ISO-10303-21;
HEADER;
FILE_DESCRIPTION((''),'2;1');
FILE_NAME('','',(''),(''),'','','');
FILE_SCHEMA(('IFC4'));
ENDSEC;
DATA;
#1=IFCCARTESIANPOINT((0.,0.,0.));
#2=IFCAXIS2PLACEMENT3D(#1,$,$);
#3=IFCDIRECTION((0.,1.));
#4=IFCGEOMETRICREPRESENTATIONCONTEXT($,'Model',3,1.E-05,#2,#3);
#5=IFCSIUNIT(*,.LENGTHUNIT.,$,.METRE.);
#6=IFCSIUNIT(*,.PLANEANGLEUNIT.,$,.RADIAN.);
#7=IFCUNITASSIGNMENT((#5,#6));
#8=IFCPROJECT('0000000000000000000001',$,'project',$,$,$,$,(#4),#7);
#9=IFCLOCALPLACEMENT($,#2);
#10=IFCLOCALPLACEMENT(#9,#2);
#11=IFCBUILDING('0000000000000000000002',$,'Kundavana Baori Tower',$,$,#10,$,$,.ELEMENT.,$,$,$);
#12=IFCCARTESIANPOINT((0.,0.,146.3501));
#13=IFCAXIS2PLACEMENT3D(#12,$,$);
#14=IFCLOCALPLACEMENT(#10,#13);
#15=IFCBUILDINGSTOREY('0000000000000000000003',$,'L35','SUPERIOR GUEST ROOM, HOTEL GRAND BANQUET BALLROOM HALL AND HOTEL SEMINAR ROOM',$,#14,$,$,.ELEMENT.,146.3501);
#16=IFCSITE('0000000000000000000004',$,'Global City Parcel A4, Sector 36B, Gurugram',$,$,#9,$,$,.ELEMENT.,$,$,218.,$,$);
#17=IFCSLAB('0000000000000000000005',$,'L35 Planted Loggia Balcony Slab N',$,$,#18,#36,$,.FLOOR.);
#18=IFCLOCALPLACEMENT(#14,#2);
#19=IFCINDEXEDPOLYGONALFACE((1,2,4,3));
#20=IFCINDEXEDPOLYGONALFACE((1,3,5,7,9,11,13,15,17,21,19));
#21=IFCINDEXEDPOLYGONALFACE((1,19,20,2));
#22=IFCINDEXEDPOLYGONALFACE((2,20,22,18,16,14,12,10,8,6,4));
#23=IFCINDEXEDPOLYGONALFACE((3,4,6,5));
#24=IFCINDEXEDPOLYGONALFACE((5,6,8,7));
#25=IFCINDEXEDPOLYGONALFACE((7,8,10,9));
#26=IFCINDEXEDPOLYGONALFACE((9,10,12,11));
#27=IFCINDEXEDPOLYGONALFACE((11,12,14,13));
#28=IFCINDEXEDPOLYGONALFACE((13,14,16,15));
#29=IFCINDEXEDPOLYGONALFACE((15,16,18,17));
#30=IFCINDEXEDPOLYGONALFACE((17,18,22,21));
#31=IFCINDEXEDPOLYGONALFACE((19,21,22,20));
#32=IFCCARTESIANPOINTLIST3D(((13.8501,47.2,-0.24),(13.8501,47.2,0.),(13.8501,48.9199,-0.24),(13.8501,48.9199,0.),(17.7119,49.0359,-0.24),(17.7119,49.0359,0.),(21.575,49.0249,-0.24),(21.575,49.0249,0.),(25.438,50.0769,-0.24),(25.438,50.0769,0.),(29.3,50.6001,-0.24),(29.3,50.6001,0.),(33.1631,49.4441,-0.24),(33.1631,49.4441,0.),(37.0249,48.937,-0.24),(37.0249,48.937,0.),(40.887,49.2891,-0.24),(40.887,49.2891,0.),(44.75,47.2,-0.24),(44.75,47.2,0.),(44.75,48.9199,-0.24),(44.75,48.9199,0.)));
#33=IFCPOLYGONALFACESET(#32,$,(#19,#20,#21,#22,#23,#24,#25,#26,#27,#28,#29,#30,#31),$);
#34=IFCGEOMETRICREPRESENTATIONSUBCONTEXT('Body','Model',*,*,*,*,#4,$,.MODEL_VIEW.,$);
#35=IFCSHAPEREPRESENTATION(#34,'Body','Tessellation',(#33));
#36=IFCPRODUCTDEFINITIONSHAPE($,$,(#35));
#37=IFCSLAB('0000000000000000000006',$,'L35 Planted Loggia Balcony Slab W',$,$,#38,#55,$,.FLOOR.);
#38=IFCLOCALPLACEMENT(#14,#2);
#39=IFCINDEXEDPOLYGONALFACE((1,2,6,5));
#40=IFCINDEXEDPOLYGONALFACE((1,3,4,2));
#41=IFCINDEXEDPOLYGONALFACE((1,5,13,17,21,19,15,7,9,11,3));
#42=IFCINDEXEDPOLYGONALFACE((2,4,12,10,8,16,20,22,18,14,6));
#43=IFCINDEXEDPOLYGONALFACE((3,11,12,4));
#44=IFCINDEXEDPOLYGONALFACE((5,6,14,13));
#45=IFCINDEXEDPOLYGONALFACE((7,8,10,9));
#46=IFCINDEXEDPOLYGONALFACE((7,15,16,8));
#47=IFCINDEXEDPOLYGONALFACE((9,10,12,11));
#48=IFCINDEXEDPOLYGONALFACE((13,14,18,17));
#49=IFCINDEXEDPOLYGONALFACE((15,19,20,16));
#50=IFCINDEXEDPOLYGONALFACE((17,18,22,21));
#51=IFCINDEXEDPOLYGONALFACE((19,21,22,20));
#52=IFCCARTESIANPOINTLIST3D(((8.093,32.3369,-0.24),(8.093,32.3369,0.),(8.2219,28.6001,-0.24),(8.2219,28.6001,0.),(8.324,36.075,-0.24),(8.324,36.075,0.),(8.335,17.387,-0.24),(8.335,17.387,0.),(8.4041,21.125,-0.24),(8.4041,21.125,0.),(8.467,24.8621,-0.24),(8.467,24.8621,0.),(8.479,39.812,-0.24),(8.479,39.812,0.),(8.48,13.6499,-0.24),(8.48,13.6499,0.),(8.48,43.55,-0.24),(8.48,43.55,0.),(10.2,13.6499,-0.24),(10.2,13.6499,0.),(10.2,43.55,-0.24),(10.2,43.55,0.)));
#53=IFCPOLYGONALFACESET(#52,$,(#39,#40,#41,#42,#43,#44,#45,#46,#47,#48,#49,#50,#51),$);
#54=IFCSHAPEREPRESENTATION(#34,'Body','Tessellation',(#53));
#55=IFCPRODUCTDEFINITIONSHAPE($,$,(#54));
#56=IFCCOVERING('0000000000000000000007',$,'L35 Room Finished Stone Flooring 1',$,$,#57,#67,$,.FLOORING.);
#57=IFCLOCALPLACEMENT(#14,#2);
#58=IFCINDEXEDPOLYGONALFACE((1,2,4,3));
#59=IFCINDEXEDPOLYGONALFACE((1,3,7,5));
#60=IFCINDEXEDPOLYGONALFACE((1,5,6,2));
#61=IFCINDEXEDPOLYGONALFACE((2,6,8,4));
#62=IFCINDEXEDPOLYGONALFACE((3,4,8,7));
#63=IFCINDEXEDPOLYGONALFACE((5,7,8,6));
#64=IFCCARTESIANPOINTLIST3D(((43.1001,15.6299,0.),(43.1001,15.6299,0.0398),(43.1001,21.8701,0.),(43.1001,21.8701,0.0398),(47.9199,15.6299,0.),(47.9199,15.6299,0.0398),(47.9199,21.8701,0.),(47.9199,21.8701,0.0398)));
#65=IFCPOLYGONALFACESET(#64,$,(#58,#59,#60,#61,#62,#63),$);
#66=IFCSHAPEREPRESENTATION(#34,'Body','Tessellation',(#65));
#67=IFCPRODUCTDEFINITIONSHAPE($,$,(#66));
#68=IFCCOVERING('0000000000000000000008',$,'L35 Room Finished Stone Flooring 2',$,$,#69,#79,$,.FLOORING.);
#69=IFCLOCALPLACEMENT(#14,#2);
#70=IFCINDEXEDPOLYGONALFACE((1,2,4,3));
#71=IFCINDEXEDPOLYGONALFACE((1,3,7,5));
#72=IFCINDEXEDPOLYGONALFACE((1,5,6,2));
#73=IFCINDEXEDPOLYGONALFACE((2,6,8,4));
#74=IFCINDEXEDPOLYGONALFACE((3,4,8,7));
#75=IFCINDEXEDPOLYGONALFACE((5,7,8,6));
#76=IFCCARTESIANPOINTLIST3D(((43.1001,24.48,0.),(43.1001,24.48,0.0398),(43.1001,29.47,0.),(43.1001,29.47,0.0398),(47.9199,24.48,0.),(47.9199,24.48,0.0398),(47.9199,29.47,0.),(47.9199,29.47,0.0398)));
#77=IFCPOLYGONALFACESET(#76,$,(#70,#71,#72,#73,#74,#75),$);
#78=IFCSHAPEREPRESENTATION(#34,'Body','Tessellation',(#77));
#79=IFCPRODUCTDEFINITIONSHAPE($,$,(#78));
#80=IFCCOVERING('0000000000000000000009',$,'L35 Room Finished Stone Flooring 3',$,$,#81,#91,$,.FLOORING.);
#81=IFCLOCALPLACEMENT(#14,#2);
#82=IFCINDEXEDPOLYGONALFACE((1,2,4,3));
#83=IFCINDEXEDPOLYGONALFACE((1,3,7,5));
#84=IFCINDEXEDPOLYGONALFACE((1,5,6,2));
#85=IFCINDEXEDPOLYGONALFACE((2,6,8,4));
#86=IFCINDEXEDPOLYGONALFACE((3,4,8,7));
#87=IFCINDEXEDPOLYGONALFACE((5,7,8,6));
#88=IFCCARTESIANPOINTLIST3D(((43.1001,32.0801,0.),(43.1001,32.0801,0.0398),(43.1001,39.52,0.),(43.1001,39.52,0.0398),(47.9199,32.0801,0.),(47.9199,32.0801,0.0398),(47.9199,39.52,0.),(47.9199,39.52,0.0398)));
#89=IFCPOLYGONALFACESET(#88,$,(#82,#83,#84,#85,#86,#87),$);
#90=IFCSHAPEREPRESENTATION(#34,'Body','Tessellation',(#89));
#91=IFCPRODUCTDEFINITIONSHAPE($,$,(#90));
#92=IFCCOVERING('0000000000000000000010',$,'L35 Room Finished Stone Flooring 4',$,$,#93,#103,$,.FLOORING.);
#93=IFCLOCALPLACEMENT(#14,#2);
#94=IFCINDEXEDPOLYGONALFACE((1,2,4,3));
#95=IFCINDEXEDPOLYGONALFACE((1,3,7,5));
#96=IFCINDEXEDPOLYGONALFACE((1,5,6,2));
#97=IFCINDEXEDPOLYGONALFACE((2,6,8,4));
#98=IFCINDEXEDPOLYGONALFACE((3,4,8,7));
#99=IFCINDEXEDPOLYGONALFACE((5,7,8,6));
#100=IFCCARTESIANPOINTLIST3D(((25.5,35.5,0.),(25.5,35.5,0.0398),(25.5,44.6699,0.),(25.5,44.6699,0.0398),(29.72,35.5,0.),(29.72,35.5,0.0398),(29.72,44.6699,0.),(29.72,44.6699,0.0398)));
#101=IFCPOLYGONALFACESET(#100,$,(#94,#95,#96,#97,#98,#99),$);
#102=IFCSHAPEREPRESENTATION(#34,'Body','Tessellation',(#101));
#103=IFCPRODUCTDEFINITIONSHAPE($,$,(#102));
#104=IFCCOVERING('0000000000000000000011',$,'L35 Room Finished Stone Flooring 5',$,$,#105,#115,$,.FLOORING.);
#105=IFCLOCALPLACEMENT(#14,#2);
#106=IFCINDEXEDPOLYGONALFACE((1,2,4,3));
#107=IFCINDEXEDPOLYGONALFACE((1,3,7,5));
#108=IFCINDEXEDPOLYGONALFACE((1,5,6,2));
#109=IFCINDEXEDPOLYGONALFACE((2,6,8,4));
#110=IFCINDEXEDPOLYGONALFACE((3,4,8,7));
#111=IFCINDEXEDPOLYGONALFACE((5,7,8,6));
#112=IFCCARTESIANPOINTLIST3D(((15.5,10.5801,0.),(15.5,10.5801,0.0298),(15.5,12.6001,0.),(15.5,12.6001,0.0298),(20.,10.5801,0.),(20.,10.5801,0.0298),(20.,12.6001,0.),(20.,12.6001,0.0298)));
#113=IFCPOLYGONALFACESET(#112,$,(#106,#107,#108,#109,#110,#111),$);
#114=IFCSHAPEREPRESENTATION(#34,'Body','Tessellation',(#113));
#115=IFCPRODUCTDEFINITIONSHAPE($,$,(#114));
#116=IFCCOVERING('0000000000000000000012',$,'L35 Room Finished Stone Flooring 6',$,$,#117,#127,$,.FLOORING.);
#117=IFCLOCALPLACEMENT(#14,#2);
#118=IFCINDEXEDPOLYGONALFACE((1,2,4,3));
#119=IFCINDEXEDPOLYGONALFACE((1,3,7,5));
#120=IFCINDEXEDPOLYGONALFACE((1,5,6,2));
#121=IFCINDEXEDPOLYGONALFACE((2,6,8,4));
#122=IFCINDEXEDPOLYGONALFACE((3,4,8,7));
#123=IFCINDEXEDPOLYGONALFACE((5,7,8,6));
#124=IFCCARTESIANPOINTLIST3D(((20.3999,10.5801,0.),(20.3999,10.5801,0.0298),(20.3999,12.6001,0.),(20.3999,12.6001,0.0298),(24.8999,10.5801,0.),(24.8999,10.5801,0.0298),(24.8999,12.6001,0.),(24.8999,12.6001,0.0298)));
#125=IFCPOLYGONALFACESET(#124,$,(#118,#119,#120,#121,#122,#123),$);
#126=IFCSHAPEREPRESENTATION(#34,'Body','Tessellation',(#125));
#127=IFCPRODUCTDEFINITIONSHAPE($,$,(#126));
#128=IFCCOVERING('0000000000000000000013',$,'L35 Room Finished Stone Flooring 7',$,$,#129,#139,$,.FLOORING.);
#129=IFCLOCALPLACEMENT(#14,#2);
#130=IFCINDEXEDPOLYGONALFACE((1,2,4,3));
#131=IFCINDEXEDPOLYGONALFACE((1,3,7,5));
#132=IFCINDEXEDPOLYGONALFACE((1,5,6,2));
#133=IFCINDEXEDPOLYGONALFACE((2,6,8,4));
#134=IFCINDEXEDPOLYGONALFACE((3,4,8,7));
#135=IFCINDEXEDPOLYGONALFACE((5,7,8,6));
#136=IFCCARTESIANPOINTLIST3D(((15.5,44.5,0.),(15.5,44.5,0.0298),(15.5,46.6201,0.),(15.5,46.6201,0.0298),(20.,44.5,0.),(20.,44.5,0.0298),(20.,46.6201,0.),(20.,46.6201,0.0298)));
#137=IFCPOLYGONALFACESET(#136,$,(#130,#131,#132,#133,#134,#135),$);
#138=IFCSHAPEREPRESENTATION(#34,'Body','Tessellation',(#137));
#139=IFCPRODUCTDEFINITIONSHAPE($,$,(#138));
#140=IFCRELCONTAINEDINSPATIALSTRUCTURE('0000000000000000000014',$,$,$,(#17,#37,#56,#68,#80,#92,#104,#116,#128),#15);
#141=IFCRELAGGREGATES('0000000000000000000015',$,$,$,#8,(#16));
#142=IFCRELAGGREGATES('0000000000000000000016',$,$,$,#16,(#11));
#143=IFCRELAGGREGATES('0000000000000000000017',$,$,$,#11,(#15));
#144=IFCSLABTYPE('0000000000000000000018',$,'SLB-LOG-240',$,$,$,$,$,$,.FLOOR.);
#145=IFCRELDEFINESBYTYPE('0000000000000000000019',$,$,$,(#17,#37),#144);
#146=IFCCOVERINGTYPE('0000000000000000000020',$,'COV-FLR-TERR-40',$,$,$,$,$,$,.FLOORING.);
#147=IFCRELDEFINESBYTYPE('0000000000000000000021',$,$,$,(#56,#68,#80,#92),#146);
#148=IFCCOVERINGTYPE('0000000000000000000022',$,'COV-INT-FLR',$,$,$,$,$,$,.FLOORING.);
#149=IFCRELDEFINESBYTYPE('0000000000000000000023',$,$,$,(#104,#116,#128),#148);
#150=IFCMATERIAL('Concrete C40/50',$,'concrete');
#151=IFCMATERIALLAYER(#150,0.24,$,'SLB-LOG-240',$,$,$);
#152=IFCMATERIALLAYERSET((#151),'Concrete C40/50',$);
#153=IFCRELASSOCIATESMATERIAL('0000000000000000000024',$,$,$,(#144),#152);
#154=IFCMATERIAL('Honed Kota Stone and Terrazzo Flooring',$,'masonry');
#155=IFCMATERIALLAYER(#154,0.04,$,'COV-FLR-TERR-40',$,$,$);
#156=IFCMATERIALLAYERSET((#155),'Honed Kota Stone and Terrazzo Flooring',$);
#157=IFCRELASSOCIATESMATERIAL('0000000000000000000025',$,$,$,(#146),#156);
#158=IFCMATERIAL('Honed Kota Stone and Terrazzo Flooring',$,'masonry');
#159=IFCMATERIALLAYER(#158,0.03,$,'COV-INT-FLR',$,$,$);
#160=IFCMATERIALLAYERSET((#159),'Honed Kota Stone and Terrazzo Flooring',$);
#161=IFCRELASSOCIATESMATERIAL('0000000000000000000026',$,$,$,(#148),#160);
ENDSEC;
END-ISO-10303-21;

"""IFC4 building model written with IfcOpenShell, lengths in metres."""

from ifc_helpers import new_model, si_unit, direction, frame, origin, place, context, subcontext, project, spatial, polyline, outline, extrude, material, layer, layer_set, type_object, element, save


model = new_model("IFC4")

# Units and contexts
model_context = context("Model", 3, precision=1e-05, world=origin(), true_north=direction((0.0, 1.0)))
body_context = subcontext(model_context, "Body", "Model", "MODEL_VIEW")
ifc_project = project(units=[si_unit("LENGTHUNIT", "METRE"), si_unit("PLANEANGLEUNIT", "RADIAN")], contexts=[model_context])

# Site, building, storey
site_placement = place(None, origin())
site = spatial("IfcSite", under=ifc_project, at=site_placement, Name="Global City Parcel A4, Sector 36B, Gurugram", CompositionType="ELEMENT", RefElevation=218.0)
building_placement = place(site_placement, origin())
building = spatial("IfcBuilding", under=site, at=building_placement, Name="Kundavana Baori Tower", CompositionType="ELEMENT")
storey_placement = place(building_placement, frame((0.0, 0.0, 146.3501)))
storey = spatial("IfcBuildingStorey", under=building, at=storey_placement, Name="L35", Description="SUPERIOR GUEST ROOM, HOTEL GRAND BANQUET BALLROOM HALL AND HOTEL SEMINAR ROOM", CompositionType="ELEMENT", Elevation=146.3501)

# Slabs
ifc_material_1 = material(Name="Concrete C40/50", Category="concrete")
ifc_layer_1 = layer(ifc_material_1, 0.24, Name="SLB-LOG-240")
ifc_layer_set_1 = layer_set([ifc_layer_1], Name="Concrete C40/50")
slab_type_1 = type_object("IfcSlabType", Name="SLB-LOG-240", PredefinedType="FLOOR", material=ifc_layer_set_1)
slab_1_placement = place(storey_placement, frame((0.0, 0.0, -0.24)))
element("IfcSlab", 1, at=slab_1_placement, inside=storey, type_object=slab_type_1, Name="L35 Planted Loggia Balcony Slab N", PredefinedType="FLOOR", context=body_context, shape_type="SweptSolid", body=[
    extrude(outline(polyline([(44.75, 47.2), (13.8501, 47.2), (13.8501, 48.9199), (17.7119, 49.0359), (21.575, 49.0249), (25.438, 50.0769), (29.3, 50.6001), (33.1631, 49.4441), (37.0249, 48.937), (40.887, 49.2891), (44.75, 48.9199), (44.75, 47.2)])), origin(), (0.0, 0.0, 1.0), 0.24),
])
slab_2_placement = place(storey_placement, frame((0.0, 0.0, -0.24)))
element("IfcSlab", 2, at=slab_2_placement, inside=storey, type_object=slab_type_1, Name="L35 Planted Loggia Balcony Slab W", PredefinedType="FLOOR", context=body_context, shape_type="SweptSolid", body=[
    extrude(outline(polyline([(10.2, 43.55), (10.2, 13.6499), (8.48, 13.6499), (8.335, 17.387), (8.4041, 21.125), (8.467, 24.8621), (8.2219, 28.6001), (8.093, 32.3369), (8.324, 36.075), (8.479, 39.812), (8.48, 43.55), (10.2, 43.55)])), origin(), (0.0, 0.0, 1.0), 0.24),
])

# Coverings
ifc_material_2 = material(Name="Honed Kota Stone and Terrazzo Flooring", Category="masonry")
ifc_layer_2 = layer(ifc_material_2, 0.04, Name="COV-FLR-TERR-40")
ifc_layer_set_2 = layer_set([ifc_layer_2], Name="Honed Kota Stone and Terrazzo Flooring")
covering_type_1 = type_object("IfcCoveringType", Name="COV-FLR-TERR-40", PredefinedType="FLOORING", material=ifc_layer_set_2)
covering_1_placement = place(storey_placement, origin())
element("IfcCovering", 3, at=covering_1_placement, inside=storey, type_object=covering_type_1, Name="L35 Room Finished Stone Flooring 1", PredefinedType="FLOORING", context=body_context, shape_type="SweptSolid", body=[
    extrude(outline(polyline([(43.1001, 15.6299), (47.9199, 15.6299), (47.9199, 21.8701), (43.1001, 21.8701), (43.1001, 15.6299)])), origin(), (0.0, 0.0, 1.0), 0.0398),
])
covering_2_placement = place(storey_placement, origin())
element("IfcCovering", 4, at=covering_2_placement, inside=storey, type_object=covering_type_1, Name="L35 Room Finished Stone Flooring 2", PredefinedType="FLOORING", context=body_context, shape_type="SweptSolid", body=[
    extrude(outline(polyline([(43.1001, 24.48), (47.9199, 24.48), (47.9199, 29.47), (43.1001, 29.47), (43.1001, 24.48)])), origin(), (0.0, 0.0, 1.0), 0.0398),
])
covering_3_placement = place(storey_placement, origin())
element("IfcCovering", 5, at=covering_3_placement, inside=storey, type_object=covering_type_1, Name="L35 Room Finished Stone Flooring 3", PredefinedType="FLOORING", context=body_context, shape_type="SweptSolid", body=[
    extrude(outline(polyline([(43.1001, 32.0801), (47.9199, 32.0801), (47.9199, 39.52), (43.1001, 39.52), (43.1001, 32.0801)])), origin(), (0.0, 0.0, 1.0), 0.0398),
])
covering_4_placement = place(storey_placement, origin())
element("IfcCovering", 6, at=covering_4_placement, inside=storey, type_object=covering_type_1, Name="L35 Room Finished Stone Flooring 4", PredefinedType="FLOORING", context=body_context, shape_type="SweptSolid", body=[
    extrude(outline(polyline([(25.5, 35.5), (29.72, 35.5), (29.72, 44.6699), (25.5, 44.6699), (25.5, 35.5)])), origin(), (0.0, 0.0, 1.0), 0.0398),
])
ifc_material_3 = material(Name="Honed Kota Stone and Terrazzo Flooring", Category="masonry")
ifc_layer_3 = layer(ifc_material_3, 0.03, Name="COV-INT-FLR")
ifc_layer_set_3 = layer_set([ifc_layer_3], Name="Honed Kota Stone and Terrazzo Flooring")
covering_type_2 = type_object("IfcCoveringType", Name="COV-INT-FLR", PredefinedType="FLOORING", material=ifc_layer_set_3)
covering_5_placement = place(storey_placement, origin())
element("IfcCovering", 7, at=covering_5_placement, inside=storey, type_object=covering_type_2, Name="L35 Room Finished Stone Flooring 5", PredefinedType="FLOORING", context=body_context, shape_type="SweptSolid", body=[
    extrude(outline(polyline([(15.5, 10.5801), (20.0, 10.5801), (20.0, 12.6001), (15.5, 12.6001), (15.5, 10.5801)])), origin(), (0.0, 0.0, 1.0), 0.0298),
])
covering_6_placement = place(storey_placement, origin())
element("IfcCovering", 8, at=covering_6_placement, inside=storey, type_object=covering_type_2, Name="L35 Room Finished Stone Flooring 6", PredefinedType="FLOORING", context=body_context, shape_type="SweptSolid", body=[
    extrude(outline(polyline([(20.3999, 10.5801), (24.8999, 10.5801), (24.8999, 12.6001), (20.3999, 12.6001), (20.3999, 10.5801)])), origin(), (0.0, 0.0, 1.0), 0.0298),
])
covering_7_placement = place(storey_placement, origin())
element("IfcCovering", 9, at=covering_7_placement, inside=storey, type_object=covering_type_2, Name="L35 Room Finished Stone Flooring 7", PredefinedType="FLOORING", context=body_context, shape_type="SweptSolid", body=[
    extrude(outline(polyline([(15.5, 44.5), (20.0, 44.5), (20.0, 46.6201), (15.5, 46.6201), (15.5, 44.5)])), origin(), (0.0, 0.0, 1.0), 0.0298),
])

save(model, "model.ifc")
